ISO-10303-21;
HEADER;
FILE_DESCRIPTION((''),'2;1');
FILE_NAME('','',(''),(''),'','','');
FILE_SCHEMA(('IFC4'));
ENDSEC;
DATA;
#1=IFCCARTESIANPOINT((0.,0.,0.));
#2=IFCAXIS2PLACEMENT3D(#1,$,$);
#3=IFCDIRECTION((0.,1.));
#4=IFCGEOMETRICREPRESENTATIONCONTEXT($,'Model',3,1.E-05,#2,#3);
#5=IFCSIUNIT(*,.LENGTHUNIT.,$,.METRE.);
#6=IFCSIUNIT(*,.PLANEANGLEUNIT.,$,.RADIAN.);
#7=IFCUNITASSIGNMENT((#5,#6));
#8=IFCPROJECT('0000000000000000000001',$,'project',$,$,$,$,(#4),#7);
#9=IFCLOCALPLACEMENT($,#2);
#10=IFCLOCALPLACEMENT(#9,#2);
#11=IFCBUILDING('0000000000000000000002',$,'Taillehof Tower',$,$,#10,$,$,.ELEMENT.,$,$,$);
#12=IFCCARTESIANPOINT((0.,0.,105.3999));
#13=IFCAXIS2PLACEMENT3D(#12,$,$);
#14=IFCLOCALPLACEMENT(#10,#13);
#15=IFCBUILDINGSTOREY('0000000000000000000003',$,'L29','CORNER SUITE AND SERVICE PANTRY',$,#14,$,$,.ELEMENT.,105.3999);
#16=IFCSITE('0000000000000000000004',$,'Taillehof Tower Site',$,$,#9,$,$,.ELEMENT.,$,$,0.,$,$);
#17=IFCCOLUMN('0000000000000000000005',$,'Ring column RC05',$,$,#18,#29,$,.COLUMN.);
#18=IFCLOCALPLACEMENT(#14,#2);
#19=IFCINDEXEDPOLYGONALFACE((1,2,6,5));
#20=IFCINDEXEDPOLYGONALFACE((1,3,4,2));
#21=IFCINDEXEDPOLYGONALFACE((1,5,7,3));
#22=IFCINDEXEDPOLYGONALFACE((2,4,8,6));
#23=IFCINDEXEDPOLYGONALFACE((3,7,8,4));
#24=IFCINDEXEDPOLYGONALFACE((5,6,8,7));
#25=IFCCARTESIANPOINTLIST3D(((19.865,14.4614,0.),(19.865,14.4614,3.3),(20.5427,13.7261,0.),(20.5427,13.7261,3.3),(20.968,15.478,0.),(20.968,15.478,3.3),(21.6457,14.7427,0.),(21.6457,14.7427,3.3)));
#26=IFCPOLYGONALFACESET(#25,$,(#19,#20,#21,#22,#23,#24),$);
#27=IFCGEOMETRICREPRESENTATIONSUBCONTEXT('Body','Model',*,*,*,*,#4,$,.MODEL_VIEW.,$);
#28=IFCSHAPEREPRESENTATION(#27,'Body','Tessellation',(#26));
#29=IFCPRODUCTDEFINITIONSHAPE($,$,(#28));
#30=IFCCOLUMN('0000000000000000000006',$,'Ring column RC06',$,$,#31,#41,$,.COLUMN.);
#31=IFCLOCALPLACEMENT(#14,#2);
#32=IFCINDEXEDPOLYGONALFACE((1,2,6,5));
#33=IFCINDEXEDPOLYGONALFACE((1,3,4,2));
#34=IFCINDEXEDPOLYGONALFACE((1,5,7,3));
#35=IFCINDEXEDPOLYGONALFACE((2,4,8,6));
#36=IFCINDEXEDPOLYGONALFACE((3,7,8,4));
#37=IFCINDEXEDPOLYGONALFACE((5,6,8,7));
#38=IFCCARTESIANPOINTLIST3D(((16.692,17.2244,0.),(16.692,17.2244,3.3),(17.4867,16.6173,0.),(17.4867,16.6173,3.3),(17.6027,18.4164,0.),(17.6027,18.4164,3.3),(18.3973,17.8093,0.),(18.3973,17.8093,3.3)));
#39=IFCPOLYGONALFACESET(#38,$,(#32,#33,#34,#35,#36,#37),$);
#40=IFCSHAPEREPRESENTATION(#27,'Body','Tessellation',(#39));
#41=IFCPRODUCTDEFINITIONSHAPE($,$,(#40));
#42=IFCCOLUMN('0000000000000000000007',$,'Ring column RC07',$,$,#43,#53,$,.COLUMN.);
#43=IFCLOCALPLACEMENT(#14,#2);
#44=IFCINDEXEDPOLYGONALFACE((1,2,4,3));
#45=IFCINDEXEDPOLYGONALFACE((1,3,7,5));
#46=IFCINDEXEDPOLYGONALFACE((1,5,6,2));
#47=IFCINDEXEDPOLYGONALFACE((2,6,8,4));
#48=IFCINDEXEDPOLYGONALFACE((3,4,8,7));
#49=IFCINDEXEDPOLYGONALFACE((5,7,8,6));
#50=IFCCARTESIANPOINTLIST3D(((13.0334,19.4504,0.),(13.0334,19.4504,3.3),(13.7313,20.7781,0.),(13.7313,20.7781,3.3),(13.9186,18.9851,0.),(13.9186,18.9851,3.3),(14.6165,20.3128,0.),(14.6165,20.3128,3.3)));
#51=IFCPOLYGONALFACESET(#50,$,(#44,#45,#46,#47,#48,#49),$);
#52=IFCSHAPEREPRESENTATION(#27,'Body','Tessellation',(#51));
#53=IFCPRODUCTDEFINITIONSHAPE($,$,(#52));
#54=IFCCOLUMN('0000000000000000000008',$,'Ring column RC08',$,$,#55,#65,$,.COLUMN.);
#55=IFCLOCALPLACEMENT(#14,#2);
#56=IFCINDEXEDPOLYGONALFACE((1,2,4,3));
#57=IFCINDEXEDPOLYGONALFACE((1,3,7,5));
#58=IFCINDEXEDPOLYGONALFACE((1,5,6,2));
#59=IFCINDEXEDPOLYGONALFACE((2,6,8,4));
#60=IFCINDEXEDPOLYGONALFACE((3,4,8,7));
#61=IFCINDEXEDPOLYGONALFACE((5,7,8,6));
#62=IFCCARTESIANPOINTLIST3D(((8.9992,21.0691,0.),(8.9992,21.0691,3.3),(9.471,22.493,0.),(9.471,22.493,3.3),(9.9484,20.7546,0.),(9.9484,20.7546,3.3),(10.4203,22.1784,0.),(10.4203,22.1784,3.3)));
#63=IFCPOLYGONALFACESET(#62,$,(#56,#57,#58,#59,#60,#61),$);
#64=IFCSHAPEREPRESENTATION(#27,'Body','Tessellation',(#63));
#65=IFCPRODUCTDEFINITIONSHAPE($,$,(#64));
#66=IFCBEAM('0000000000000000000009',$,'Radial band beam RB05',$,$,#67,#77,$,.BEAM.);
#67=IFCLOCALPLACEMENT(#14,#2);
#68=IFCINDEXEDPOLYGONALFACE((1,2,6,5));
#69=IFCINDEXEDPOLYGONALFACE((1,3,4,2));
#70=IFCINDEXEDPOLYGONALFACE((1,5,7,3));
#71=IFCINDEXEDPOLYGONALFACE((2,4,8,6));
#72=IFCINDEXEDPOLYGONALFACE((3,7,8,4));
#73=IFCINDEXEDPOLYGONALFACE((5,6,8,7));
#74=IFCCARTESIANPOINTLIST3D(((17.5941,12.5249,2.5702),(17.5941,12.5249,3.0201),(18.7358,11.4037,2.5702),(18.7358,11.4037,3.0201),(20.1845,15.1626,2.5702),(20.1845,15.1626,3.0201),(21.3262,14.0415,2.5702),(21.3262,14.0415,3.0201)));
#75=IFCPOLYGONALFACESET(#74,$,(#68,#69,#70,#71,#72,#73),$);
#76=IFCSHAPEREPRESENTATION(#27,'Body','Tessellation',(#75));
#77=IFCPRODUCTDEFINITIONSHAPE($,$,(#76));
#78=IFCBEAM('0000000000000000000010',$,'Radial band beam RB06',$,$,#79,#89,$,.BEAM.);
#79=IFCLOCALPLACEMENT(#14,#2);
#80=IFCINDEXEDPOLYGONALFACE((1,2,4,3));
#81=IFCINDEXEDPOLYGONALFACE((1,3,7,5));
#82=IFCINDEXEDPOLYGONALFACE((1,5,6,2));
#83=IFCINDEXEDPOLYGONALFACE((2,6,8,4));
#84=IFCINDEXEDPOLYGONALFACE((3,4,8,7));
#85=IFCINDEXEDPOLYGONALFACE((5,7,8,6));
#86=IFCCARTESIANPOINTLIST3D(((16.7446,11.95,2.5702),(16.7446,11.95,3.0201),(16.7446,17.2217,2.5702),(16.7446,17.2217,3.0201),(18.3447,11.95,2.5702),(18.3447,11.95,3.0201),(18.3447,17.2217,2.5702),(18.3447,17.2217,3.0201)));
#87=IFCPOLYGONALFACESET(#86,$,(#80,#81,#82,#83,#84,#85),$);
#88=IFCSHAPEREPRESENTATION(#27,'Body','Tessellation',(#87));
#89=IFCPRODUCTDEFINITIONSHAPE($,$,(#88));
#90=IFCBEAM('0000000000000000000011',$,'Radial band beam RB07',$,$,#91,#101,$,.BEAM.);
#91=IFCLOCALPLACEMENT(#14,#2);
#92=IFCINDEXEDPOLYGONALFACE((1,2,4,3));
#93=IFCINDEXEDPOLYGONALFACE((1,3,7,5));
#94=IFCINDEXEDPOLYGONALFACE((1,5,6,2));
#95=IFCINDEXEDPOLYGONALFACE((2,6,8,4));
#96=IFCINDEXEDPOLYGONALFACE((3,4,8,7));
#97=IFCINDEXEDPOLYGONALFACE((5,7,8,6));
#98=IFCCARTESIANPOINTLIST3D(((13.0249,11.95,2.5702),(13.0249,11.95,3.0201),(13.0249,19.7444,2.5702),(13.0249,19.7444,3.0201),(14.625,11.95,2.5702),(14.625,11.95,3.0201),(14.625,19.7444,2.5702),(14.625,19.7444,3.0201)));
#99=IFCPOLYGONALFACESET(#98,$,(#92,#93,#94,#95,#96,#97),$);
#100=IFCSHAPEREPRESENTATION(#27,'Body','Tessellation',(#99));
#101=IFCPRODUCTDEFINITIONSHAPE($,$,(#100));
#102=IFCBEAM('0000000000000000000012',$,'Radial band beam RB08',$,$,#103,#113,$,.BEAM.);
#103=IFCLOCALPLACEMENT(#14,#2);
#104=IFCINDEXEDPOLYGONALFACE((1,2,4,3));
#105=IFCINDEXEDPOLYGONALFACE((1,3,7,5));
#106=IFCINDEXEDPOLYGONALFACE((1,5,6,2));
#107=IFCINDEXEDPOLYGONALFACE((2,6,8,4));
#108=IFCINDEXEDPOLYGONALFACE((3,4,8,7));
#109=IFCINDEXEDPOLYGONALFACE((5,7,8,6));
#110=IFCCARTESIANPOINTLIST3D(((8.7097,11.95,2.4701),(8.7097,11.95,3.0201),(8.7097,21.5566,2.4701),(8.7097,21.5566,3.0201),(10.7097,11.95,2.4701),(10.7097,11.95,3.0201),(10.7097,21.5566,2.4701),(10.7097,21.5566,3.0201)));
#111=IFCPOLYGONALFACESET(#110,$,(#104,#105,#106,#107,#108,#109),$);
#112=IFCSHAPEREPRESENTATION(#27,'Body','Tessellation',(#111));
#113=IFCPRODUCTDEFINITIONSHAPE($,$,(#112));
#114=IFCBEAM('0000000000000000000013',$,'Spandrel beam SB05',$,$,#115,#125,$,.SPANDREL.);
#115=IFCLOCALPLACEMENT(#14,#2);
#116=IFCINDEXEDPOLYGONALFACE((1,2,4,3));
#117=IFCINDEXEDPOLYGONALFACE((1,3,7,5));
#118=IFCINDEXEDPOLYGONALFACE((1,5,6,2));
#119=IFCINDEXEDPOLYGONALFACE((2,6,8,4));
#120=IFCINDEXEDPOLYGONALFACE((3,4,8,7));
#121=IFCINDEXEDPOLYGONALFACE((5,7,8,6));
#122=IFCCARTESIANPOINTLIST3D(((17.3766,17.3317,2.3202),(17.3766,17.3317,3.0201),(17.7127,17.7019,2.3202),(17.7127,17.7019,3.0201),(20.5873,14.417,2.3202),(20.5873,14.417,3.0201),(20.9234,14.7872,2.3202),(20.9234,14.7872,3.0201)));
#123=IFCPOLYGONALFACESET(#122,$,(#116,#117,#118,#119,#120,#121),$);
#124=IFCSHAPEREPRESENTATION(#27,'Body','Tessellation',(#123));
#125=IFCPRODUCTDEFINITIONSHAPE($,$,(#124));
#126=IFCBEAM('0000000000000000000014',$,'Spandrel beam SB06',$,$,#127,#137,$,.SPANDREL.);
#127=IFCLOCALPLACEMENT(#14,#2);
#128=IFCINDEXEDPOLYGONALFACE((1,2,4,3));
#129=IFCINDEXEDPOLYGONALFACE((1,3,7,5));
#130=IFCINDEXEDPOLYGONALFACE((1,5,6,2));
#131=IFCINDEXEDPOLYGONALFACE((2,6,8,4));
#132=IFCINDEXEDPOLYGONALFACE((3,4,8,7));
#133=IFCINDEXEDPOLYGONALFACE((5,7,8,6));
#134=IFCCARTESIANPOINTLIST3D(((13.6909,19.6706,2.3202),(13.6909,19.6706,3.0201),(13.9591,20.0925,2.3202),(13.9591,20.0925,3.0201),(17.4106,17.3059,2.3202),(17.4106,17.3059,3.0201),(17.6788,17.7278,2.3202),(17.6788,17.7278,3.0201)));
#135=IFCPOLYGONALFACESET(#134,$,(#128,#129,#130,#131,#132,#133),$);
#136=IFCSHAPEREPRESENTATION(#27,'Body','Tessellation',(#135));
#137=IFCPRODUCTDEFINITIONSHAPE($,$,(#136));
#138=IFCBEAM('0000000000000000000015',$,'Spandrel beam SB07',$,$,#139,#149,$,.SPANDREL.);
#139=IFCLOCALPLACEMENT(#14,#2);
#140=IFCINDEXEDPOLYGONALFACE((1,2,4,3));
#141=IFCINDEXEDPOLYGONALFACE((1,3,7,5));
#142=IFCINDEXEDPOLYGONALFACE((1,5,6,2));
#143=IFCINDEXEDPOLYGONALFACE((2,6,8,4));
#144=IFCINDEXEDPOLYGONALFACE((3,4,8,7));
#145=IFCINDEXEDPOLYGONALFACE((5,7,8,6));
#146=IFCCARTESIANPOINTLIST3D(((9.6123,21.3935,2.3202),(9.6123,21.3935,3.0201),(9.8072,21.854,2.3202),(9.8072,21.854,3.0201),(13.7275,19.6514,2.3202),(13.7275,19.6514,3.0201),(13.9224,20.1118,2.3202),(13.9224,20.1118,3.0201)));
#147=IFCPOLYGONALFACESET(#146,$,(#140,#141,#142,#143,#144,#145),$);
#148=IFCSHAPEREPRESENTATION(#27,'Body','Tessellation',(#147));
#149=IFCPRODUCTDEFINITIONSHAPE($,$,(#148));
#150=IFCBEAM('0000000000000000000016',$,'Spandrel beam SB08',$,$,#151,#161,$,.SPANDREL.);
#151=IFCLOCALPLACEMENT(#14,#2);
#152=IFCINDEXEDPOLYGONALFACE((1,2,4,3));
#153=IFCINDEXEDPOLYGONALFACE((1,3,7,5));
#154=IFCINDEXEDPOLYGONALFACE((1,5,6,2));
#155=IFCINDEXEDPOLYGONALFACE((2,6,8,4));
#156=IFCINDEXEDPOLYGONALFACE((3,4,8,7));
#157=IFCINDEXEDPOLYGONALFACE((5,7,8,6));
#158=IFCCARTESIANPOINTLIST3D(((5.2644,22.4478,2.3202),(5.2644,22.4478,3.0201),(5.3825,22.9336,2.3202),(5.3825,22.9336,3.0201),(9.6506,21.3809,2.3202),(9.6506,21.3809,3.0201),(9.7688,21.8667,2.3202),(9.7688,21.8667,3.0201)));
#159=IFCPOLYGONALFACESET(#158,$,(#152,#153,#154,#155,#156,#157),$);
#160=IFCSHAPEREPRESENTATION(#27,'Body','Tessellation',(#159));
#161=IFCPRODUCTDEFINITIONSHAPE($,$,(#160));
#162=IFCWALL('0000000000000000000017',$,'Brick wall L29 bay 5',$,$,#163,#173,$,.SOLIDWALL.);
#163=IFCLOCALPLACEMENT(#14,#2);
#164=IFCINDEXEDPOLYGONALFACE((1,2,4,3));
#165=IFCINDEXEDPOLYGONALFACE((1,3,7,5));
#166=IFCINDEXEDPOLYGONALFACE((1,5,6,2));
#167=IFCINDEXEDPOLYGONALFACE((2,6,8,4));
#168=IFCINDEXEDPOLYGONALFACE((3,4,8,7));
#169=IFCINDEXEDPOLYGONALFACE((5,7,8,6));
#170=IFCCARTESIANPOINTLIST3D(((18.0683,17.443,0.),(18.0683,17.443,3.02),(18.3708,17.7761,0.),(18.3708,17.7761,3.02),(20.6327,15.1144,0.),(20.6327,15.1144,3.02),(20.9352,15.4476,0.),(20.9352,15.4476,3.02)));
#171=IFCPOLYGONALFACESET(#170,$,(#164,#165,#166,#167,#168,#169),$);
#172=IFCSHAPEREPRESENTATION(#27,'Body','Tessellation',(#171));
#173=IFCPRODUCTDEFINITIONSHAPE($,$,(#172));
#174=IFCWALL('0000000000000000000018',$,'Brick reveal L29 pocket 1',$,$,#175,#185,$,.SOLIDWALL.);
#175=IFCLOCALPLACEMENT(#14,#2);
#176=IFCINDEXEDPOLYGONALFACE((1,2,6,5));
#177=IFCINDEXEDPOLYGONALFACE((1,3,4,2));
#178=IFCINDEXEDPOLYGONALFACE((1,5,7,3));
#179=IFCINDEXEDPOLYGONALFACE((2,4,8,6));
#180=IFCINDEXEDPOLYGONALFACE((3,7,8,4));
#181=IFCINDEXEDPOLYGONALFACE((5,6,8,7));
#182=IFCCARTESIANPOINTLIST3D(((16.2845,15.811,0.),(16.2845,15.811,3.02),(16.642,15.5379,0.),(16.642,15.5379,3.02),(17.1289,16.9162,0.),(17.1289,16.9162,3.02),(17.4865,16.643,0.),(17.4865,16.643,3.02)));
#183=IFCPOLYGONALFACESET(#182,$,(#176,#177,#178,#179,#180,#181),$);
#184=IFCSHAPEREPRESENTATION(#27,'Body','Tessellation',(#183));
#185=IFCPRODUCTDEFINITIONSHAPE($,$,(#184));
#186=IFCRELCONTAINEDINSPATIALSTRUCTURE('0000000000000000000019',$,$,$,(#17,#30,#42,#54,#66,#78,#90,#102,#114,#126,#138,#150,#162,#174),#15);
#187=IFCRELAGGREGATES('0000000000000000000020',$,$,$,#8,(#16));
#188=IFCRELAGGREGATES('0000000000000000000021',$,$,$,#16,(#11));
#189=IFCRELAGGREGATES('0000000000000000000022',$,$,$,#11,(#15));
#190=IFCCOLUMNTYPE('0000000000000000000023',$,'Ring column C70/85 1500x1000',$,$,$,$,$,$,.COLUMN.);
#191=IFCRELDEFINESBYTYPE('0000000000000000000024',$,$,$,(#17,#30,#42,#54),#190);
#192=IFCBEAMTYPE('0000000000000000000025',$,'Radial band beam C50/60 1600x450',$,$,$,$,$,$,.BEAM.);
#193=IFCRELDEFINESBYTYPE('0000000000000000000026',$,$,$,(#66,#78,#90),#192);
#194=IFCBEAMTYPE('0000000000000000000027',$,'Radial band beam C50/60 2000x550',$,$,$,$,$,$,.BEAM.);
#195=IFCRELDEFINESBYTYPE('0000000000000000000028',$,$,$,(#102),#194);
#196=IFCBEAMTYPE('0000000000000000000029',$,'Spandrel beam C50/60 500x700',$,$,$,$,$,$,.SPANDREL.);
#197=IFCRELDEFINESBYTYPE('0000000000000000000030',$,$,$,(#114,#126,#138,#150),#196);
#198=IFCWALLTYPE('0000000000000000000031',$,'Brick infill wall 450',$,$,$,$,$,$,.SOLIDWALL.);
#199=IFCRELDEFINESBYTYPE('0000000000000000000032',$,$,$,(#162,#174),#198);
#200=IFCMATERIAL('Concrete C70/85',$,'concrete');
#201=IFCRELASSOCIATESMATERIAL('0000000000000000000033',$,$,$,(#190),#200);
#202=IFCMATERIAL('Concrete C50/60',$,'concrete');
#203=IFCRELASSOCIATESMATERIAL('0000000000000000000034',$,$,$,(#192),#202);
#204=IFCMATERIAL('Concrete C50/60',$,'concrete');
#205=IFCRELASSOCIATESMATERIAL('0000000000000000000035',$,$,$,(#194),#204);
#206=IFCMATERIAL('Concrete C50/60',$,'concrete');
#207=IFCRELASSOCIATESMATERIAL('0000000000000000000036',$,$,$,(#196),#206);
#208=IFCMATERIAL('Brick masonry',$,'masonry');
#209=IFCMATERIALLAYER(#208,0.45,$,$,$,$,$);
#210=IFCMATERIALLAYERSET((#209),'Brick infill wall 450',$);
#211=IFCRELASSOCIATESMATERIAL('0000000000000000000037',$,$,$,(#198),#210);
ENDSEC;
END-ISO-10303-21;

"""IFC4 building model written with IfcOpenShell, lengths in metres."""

from ifc_helpers import new_model, si_unit, direction, frame, frame_2d, origin, origin_2d, place, context, subcontext, project, spatial, rectangle, extrude, material, layer, layer_set, material_profile, profile_set, type_object, element, save


model = new_model("IFC4")

# Units and contexts
model_context = context("Model", 3, precision=1e-05, world=origin(), true_north=direction((0.0, 1.0)))
body_context = subcontext(model_context, "Body", "Model", "MODEL_VIEW")
ifc_project = project(units=[si_unit("LENGTHUNIT", "METRE"), si_unit("PLANEANGLEUNIT", "RADIAN")], contexts=[model_context])

# Site, building, storey
site_placement = place(None, origin())
site = spatial("IfcSite", under=ifc_project, at=site_placement, Name="Taillehof Tower Site", CompositionType="ELEMENT", RefElevation=0.0)
building_placement = place(site_placement, origin())
building = spatial("IfcBuilding", under=site, at=building_placement, Name="Taillehof Tower", CompositionType="ELEMENT")
storey_placement = place(building_placement, frame((0.0, 0.0, 105.3999)))
storey = spatial("IfcBuildingStorey", under=building, at=storey_placement, Name="L29", Description="CORNER SUITE AND SERVICE PANTRY", CompositionType="ELEMENT", Elevation=105.3999)

# Columns
ifc_material_1 = material(Name="Concrete C70/85", Category="concrete")
ifc_material_profile_1 = material_profile(ifc_material_1, rectangle(XDim=1.5, YDim=1.0, at=origin_2d()), Name="RC 1500x1000")
ifc_profile_set_1 = profile_set([ifc_material_profile_1], Name="Concrete C70/85")
column_type = type_object("IfcColumnType", Name="Ring column C70/85 1500x1000", PredefinedType="COLUMN", material=ifc_profile_set_1)
for number, where, z_axis, x_axis, name in (
    (1, (20.7554, 14.6021, 0.0), (0.0, 0.0, 1.0), (0.735332, 0.677707, 0.0), "Ring column RC05"),
    (2, (17.5447, 17.5168, 0.0), (0.0, 0.0, 1.0), (0.607074, 0.794645, 0.0), "Ring column RC06"),
    (3, (13.825, 19.8816, 0.0), (0.0, 0.0, 1.0), (0.465283, 0.885162, 0.0), "Ring column RC07"),
    (4, (9.7097, 21.6238, 0.0), (0.0, 0.0, 1.0), (0.314555, 0.949239, 0.0), "Ring column RC08"),
):
    element("IfcColumn", number, at=place(storey_placement, frame(where, z_axis=z_axis, x_axis=x_axis)), inside=storey, type_object=column_type, Name=name, PredefinedType="COLUMN", context=body_context, shape_type="SweptSolid", body=[
        extrude(rectangle(XDim=1.5, YDim=1.0, at=origin_2d()), origin(), (0.0, 0.0, 1.0), 3.3),
    ])

# Beams
ifc_material_2 = material(Name="Concrete C50/60", Category="concrete")
ifc_material_profile_2 = material_profile(ifc_material_2, rectangle(XDim=1.6001, YDim=0.45, at=origin_2d()), Name="RC 1600x450")
ifc_profile_set_2 = profile_set([ifc_material_profile_2], Name="Concrete C50/60")
beam_type_1 = type_object("IfcBeamType", Name="Radial band beam C50/60 1600x450", PredefinedType="BEAM", material=ifc_profile_set_2)
beam_1_placement = place(storey_placement, frame((20.7554, 14.6021, 2.7952), z_axis=(-0.700672, -0.713484, 0.0), x_axis=(0.713484, -0.700672, 0.0)))
element("IfcBeam", 5, at=beam_1_placement, inside=storey, type_object=beam_type_1, Name="Radial band beam RB05", PredefinedType="BEAM", context=body_context, shape_type="SweptSolid", body=[
    extrude(rectangle(XDim=1.6001, YDim=0.45, at=origin_2d()), origin(), (0.0, 0.0, 1.0), 3.697),
])
beam_2_placement = place(storey_placement, frame((17.5447, 17.2217, 2.7952), z_axis=(0.0, -1.0, 0.0), x_axis=(1.0, 0.0, 0.0)))
element("IfcBeam", 6, at=beam_2_placement, inside=storey, type_object=beam_type_1, Name="Radial band beam RB06", PredefinedType="BEAM", context=body_context, shape_type="SweptSolid", body=[
    extrude(rectangle(XDim=1.6001, YDim=0.45, at=origin_2d()), origin(), (0.0, 0.0, 1.0), 5.2717),
])
beam_3_placement = place(storey_placement, frame((13.825, 19.7444, 2.7952), z_axis=(0.0, -1.0, 0.0), x_axis=(1.0, 0.0, 0.0)))
element("IfcBeam", 7, at=beam_3_placement, inside=storey, type_object=beam_type_1, Name="Radial band beam RB07", PredefinedType="BEAM", context=body_context, shape_type="SweptSolid", body=[
    extrude(rectangle(XDim=1.6001, YDim=0.45, at=origin_2d()), origin(), (0.0, 0.0, 1.0), 7.7944),
])
ifc_material_3 = material(Name="Concrete C50/60", Category="concrete")
ifc_material_profile_3 = material_profile(ifc_material_3, rectangle(XDim=2.0, YDim=0.55, at=origin_2d()), Name="RC 2000x550")
ifc_profile_set_3 = profile_set([ifc_material_profile_3], Name="Concrete C50/60")
beam_type_2 = type_object("IfcBeamType", Name="Radial band beam C50/60 2000x550", PredefinedType="BEAM", material=ifc_profile_set_3)
beam_4_placement = place(storey_placement, frame((9.7097, 21.5566, 2.7451), z_axis=(0.0, -1.0, 0.0), x_axis=(1.0, 0.0, 0.0)))
element("IfcBeam", 8, at=beam_4_placement, inside=storey, type_object=beam_type_2, Name="Radial band beam RB08", PredefinedType="BEAM", context=body_context, shape_type="SweptSolid", body=[
    extrude(rectangle(XDim=2.0, YDim=0.55, at=origin_2d()), origin(), (0.0, 0.0, 1.0), 9.6067),
])
ifc_material_4 = material(Name="Concrete C50/60", Category="concrete")
ifc_material_profile_4 = material_profile(ifc_material_4, rectangle(XDim=0.5, YDim=0.7, at=origin_2d()), Name="RC 500x700")
ifc_profile_set_4 = profile_set([ifc_material_profile_4], Name="Concrete C50/60")
beam_type_3 = type_object("IfcBeamType", Name="Spandrel beam C50/60 500x700", PredefinedType="SPANDREL", material=ifc_profile_set_4)
beam_5_placement = place(storey_placement, frame((20.7554, 14.6021, 2.6702), z_axis=(-0.740401, 0.672165, 0.0), x_axis=(-0.672165, -0.740401, 0.0)))
element("IfcBeam", 9, at=beam_5_placement, inside=storey, type_object=beam_type_3, Name="Spandrel beam SB05", PredefinedType="SPANDREL", context=body_context, shape_type="SweptSolid", body=[
    extrude(rectangle(XDim=0.5, YDim=0.7, at=origin_2d()), origin(), (0.0, 0.0, 1.0), 4.3364),
])
beam_6_placement = place(storey_placement, frame((17.5447, 17.5168, 2.6702), z_axis=(-0.843903, 0.536496, 0.0), x_axis=(-0.536496, -0.843903, 0.0)))
element("IfcBeam", 10, at=beam_6_placement, inside=storey, type_object=beam_type_3, Name="Spandrel beam SB06", PredefinedType="SPANDREL", context=body_context, shape_type="SweptSolid", body=[
    extrude(rectangle(XDim=0.5, YDim=0.7, at=origin_2d()), origin(), (0.0, 0.0, 1.0), 4.4077),
])
beam_7_placement = place(storey_placement, frame((13.825, 19.8816, 2.6702), z_axis=(-0.920877, 0.389854, 0.0), x_axis=(-0.389854, -0.920877, 0.0)))
element("IfcBeam", 11, at=beam_7_placement, inside=storey, type_object=beam_type_3, Name="Spandrel beam SB07", PredefinedType="SPANDREL", context=body_context, shape_type="SweptSolid", body=[
    extrude(rectangle(XDim=0.5, YDim=0.7, at=origin_2d()), origin(), (0.0, 0.0, 1.0), 4.4688),
])
beam_8_placement = place(storey_placement, frame((9.7097, 21.6238, 2.6702), z_axis=(-0.971669, 0.236346, 0.0), x_axis=(-0.236346, -0.971669, 0.0)))
element("IfcBeam", 12, at=beam_8_placement, inside=storey, type_object=beam_type_3, Name="Spandrel beam SB08", PredefinedType="SPANDREL", context=body_context, shape_type="SweptSolid", body=[
    extrude(rectangle(XDim=0.5, YDim=0.7, at=origin_2d()), origin(), (0.0, 0.0, 1.0), 4.5142),
])

# Walls
ifc_material_5 = material(Name="Brick masonry", Category="masonry")
ifc_layer_1 = layer(ifc_material_5, 0.45)
ifc_layer_set_1 = layer_set([ifc_layer_1], Name="Brick infill wall 450")
wall_type_1 = type_object("IfcWallType", Name="Brick infill wall 450", PredefinedType="SOLIDWALL", material=ifc_layer_set_1)
wall_1_placement = place(storey_placement, frame((20.7839, 15.281, 0.0), z_axis=(0.0, 0.0, 1.0), x_axis=(-0.740329, 0.672245, 0.0)))
element("IfcWall", 13, at=wall_1_placement, inside=storey, type_object=wall_type_1, Name="Brick wall L29 bay 5", PredefinedType="SOLIDWALL", context=body_context, shape_type="SweptSolid", body=[
    extrude(rectangle(XDim=3.4639, YDim=0.45, at=frame_2d((1.7319, 0.0))), origin(), (0.0, 0.0, 1.0), 3.02),
])
wall_2_placement = place(storey_placement, frame((17.3076, 16.7795, 0.0), z_axis=(0.0, 0.0, 1.0), x_axis=(-0.607137, -0.794597, 0.0)))
element("IfcWall", 14, at=wall_2_placement, inside=storey, type_object=wall_type_1, Name="Brick reveal L29 pocket 1", PredefinedType="SOLIDWALL", context=body_context, shape_type="SweptSolid", body=[
    extrude(rectangle(XDim=1.3909, YDim=0.45, at=frame_2d((0.6953, 0.0))), origin(), (0.0, 0.0, 1.0), 3.02),
])

save(model, "model.ifc")
